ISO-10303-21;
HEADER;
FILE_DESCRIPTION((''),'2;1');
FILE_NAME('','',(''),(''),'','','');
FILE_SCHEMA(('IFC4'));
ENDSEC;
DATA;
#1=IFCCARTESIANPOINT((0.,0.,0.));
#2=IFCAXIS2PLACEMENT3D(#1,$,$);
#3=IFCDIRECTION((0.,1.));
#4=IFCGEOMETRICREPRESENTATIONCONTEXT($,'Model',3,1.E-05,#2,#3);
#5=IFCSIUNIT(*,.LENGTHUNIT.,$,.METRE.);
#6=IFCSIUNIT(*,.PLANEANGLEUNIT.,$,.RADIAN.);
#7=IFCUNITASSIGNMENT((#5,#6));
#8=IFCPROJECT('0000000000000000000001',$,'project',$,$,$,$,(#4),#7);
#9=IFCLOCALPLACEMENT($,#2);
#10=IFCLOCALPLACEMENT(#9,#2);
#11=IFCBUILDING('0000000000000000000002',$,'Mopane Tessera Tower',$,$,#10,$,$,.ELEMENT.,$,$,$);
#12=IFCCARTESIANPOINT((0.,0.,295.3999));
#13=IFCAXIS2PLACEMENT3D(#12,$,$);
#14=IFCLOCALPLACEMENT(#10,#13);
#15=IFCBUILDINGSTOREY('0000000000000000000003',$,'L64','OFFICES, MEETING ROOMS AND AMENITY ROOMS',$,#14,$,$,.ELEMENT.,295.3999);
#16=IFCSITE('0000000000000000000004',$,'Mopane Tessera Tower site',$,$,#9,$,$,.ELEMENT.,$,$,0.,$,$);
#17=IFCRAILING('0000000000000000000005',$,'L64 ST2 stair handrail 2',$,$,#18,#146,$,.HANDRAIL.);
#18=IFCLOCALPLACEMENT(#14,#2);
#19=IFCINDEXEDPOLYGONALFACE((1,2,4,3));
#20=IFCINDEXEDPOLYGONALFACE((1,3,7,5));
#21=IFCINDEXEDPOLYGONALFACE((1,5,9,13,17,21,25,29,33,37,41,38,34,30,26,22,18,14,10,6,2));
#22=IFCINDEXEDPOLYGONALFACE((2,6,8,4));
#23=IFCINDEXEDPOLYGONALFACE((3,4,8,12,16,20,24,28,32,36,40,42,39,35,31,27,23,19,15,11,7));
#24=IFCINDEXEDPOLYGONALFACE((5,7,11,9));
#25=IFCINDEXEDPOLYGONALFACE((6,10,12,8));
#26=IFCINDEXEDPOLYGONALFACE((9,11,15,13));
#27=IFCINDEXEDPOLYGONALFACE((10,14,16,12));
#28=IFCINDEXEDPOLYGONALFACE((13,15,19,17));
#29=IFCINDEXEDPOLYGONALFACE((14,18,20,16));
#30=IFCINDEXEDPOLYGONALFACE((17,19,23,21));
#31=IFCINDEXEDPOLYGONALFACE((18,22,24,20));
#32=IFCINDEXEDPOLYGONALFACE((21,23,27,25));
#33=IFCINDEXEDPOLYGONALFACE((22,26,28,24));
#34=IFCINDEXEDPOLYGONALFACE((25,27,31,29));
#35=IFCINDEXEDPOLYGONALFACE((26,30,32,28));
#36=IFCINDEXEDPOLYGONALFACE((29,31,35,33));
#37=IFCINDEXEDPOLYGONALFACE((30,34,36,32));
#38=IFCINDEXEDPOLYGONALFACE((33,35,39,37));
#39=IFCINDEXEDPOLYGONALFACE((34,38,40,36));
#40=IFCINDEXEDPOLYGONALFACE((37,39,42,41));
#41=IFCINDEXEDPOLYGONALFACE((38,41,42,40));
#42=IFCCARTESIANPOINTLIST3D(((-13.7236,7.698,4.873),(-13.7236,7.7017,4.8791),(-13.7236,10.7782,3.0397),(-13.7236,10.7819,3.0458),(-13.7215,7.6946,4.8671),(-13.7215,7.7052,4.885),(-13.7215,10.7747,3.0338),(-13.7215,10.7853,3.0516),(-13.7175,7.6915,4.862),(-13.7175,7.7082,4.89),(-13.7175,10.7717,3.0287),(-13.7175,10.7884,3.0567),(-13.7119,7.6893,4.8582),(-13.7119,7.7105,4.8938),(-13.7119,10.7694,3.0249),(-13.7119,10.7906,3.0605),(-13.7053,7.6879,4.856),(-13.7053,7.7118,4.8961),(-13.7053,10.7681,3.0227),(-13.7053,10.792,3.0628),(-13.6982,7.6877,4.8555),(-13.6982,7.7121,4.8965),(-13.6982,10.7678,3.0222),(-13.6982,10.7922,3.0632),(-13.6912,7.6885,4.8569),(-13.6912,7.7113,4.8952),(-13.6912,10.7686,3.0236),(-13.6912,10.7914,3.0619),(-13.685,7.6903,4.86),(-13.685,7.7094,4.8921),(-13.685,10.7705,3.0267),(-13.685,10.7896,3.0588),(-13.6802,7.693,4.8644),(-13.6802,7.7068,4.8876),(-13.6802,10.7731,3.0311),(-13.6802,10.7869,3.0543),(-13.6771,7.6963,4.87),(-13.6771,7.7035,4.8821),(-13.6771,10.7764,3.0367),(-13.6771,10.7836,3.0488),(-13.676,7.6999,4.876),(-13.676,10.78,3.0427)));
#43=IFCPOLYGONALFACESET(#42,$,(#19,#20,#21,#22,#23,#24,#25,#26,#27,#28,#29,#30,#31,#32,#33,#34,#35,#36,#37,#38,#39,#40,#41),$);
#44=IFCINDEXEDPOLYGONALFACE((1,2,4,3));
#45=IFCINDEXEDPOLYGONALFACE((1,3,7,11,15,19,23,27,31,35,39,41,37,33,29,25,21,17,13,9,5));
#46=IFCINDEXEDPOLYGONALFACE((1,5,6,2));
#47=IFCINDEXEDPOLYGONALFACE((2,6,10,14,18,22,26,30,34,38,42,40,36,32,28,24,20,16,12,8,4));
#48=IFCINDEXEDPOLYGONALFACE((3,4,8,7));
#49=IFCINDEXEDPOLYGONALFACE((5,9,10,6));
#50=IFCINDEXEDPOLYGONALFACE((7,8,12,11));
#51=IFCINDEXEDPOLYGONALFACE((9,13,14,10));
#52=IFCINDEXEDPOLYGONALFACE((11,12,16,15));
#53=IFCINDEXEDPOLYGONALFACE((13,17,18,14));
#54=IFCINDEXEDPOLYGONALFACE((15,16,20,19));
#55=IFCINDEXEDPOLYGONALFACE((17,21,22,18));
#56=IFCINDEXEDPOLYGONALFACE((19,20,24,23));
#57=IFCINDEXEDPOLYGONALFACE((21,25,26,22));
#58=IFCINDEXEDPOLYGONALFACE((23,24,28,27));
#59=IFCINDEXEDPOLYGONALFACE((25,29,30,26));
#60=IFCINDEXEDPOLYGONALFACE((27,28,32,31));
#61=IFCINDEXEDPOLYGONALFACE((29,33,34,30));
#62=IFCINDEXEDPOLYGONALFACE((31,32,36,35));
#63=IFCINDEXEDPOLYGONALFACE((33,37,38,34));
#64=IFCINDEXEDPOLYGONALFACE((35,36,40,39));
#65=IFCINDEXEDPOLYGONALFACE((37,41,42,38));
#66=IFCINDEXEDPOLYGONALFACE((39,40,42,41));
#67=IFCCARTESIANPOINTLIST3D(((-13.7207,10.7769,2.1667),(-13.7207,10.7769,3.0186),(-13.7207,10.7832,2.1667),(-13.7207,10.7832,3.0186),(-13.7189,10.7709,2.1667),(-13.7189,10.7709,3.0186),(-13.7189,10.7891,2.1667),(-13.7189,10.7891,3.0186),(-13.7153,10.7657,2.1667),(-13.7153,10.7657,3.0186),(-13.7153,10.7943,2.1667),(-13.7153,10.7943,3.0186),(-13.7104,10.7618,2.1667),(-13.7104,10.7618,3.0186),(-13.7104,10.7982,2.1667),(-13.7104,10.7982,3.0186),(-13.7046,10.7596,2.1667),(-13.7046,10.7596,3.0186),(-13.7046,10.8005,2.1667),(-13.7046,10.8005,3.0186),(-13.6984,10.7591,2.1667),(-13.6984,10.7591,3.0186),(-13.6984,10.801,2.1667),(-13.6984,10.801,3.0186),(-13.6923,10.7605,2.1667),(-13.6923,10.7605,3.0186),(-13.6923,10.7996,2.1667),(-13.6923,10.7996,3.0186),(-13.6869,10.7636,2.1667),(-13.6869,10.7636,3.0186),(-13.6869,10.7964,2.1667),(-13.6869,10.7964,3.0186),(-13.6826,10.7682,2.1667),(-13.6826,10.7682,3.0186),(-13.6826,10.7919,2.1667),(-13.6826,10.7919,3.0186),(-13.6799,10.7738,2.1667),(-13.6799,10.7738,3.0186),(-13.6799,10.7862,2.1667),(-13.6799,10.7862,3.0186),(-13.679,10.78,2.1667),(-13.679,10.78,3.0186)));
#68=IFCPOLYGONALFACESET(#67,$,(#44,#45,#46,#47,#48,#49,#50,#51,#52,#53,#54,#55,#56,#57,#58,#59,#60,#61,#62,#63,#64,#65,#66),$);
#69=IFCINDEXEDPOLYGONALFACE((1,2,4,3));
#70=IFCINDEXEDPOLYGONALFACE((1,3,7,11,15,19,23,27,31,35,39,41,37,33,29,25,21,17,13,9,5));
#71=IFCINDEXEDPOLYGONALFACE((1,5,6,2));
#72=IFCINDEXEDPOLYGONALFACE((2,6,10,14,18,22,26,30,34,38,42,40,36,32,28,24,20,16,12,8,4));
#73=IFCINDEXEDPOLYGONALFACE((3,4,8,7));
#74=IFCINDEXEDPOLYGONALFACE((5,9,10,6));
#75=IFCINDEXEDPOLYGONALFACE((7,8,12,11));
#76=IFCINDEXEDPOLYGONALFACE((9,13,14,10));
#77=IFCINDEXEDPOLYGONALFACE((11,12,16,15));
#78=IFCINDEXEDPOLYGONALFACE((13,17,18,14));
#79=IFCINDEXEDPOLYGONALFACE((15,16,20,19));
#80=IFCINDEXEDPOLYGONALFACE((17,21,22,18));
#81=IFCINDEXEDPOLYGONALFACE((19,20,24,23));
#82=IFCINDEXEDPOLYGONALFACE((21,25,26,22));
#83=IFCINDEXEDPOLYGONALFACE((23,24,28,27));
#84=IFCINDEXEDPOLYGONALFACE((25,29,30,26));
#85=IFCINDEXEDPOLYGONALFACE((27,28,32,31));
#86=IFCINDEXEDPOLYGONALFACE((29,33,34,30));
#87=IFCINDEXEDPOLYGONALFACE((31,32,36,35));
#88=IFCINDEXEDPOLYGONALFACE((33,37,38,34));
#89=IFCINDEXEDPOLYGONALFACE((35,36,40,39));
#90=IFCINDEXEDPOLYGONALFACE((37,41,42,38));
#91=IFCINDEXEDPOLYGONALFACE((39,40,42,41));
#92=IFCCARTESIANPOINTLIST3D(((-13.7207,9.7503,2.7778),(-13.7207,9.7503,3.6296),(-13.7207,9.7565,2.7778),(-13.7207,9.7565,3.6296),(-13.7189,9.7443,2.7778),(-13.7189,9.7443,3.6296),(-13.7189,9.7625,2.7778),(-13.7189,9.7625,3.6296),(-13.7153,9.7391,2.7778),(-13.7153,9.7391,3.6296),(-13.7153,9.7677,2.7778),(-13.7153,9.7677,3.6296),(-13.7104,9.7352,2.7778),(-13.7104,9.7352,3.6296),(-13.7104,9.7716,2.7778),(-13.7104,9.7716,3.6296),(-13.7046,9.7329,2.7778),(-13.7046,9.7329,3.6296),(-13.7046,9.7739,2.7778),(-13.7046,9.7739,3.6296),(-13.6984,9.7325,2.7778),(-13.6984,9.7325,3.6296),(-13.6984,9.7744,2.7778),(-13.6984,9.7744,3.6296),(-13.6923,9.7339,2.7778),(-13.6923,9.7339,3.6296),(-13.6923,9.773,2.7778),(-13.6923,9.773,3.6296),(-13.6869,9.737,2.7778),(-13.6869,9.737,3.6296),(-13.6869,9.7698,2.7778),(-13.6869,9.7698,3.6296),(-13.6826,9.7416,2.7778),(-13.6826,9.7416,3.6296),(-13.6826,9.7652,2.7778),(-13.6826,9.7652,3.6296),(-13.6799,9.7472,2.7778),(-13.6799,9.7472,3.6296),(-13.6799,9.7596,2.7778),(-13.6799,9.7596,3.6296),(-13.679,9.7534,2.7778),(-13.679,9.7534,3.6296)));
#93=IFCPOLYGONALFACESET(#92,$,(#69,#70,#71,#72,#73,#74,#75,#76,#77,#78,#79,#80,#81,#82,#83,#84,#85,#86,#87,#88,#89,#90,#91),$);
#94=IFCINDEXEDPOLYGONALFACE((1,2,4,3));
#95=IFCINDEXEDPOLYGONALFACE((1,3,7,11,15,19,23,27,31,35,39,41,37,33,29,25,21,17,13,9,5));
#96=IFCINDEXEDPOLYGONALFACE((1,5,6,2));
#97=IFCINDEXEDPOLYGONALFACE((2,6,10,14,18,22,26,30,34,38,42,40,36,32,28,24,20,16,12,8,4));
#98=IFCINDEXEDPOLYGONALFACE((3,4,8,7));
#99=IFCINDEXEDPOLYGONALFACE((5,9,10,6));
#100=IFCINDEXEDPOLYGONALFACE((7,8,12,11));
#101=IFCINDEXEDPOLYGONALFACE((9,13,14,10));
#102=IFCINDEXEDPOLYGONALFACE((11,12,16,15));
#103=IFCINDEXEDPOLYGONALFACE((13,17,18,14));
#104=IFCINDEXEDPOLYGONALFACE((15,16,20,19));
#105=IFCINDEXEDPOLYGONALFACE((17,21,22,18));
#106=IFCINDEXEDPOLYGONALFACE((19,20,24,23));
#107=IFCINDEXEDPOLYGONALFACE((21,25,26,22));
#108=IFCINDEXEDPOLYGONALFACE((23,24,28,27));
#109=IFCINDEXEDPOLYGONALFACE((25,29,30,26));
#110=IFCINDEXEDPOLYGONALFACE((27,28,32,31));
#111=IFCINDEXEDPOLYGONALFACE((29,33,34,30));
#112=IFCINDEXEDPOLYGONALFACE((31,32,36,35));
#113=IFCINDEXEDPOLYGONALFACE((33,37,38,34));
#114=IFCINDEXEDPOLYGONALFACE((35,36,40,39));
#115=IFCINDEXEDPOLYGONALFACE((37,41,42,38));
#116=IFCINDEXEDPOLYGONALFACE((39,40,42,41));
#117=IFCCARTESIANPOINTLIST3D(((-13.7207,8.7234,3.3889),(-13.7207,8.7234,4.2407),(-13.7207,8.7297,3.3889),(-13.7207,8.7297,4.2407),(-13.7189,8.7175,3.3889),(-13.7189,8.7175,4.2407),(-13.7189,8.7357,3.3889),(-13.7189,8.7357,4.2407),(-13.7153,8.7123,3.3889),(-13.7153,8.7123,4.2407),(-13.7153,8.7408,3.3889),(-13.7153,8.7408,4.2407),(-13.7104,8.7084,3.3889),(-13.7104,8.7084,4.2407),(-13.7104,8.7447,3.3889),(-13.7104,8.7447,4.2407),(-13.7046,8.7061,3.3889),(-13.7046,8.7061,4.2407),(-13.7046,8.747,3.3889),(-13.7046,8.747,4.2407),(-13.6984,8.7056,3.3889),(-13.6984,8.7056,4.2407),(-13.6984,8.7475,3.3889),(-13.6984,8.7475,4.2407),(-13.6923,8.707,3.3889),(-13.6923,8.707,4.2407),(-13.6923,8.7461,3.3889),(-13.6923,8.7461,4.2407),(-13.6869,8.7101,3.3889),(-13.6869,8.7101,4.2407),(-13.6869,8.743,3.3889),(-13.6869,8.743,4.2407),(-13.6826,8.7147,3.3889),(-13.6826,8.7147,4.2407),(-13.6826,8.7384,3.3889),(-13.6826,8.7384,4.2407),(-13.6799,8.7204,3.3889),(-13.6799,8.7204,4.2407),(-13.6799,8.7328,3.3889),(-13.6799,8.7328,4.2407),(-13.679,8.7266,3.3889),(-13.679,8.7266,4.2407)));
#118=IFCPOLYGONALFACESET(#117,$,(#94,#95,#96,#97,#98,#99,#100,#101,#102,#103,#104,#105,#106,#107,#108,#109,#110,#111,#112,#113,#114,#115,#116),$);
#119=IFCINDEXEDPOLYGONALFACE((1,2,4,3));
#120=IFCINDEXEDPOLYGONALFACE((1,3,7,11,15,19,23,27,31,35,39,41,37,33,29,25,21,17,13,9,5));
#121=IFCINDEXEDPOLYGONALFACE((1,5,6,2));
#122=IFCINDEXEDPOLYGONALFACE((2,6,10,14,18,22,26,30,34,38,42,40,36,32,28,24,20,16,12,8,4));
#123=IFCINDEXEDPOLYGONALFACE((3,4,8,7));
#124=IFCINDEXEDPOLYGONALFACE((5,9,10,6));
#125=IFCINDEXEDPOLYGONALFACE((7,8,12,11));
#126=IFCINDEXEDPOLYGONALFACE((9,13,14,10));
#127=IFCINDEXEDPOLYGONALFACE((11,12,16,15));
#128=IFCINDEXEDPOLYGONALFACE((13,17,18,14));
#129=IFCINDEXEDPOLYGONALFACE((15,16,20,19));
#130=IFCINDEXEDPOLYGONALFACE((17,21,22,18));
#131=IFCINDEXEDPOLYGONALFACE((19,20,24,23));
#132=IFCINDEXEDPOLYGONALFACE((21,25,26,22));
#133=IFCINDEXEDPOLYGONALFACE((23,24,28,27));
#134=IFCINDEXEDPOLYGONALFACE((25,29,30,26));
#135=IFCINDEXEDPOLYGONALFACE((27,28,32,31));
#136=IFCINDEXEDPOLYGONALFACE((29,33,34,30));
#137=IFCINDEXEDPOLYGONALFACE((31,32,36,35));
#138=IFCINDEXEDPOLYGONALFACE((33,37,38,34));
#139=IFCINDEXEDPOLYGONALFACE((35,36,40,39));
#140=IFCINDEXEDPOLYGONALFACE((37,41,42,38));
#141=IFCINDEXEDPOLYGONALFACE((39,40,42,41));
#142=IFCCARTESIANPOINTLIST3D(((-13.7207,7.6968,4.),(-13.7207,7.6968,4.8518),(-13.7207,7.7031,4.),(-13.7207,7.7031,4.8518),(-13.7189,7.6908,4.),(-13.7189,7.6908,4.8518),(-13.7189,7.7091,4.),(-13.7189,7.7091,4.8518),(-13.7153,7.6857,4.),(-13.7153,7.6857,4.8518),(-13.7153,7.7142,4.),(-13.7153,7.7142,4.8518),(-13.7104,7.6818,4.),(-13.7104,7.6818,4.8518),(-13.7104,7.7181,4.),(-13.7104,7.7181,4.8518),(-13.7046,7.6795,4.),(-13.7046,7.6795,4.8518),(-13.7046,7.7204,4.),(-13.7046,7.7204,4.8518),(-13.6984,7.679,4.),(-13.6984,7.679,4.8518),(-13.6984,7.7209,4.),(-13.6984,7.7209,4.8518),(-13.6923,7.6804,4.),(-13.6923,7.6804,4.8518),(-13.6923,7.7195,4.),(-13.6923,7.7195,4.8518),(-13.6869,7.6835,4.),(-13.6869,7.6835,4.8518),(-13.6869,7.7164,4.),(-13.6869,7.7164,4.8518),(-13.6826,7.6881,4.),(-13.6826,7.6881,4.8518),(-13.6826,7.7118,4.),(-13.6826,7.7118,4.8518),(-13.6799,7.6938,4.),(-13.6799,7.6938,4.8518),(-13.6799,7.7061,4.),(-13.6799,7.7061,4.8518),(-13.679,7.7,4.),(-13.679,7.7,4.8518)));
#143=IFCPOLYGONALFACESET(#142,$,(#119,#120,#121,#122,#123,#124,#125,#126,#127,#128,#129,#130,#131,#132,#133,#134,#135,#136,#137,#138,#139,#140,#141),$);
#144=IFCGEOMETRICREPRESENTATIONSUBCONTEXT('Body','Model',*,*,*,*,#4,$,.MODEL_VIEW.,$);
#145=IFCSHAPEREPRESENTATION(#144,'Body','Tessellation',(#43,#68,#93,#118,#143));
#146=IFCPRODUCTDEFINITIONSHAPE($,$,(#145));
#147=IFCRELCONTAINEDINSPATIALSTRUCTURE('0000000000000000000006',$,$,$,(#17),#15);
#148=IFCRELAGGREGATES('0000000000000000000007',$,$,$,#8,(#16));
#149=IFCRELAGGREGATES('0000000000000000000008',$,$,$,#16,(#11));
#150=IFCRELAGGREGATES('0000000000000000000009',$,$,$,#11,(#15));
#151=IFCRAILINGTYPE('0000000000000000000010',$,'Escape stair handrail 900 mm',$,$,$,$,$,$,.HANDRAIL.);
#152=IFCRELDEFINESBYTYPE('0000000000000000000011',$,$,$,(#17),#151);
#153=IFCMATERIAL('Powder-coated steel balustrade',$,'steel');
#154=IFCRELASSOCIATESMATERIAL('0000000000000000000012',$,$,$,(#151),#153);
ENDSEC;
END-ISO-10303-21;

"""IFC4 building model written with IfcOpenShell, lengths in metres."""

from ifc_helpers import new_model, si_unit, direction, frame, origin, origin_2d, place, context, subcontext, project, spatial, circle, extrude, material, type_object, element, save


model = new_model("IFC4")

# Units and contexts
model_context = context("Model", 3, precision=1e-05, world=origin(), true_north=direction((0.0, 1.0)))
body_context = subcontext(model_context, "Body", "Model", "MODEL_VIEW")
ifc_project = project(units=[si_unit("LENGTHUNIT", "METRE"), si_unit("PLANEANGLEUNIT", "RADIAN")], contexts=[model_context])

# Site, building, storey
site_placement = place(None, origin())
site = spatial("IfcSite", under=ifc_project, at=site_placement, Name="Mopane Tessera Tower site", CompositionType="ELEMENT", RefElevation=0.0)
building_placement = place(site_placement, origin())
building = spatial("IfcBuilding", under=site, at=building_placement, Name="Mopane Tessera Tower", CompositionType="ELEMENT")
storey_placement = place(building_placement, frame((0.0, 0.0, 295.3999)))
storey = spatial("IfcBuildingStorey", under=building, at=storey_placement, Name="L64", Description="OFFICES, MEETING ROOMS AND AMENITY ROOMS", CompositionType="ELEMENT", Elevation=295.3999)

# Railing
ifc_material_1 = material(Name="Powder-coated steel balustrade", Category="steel")
railing_type_1 = type_object("IfcRailingType", Name="Escape stair handrail 900 mm", PredefinedType="HANDRAIL", material=ifc_material_1)
railing_1_placement = place(storey_placement, frame((-13.7, 10.78, 2.1667)))
element("IfcRailing", 1, at=railing_1_placement, inside=storey, type_object=railing_type_1, Name="L64 ST2 stair handrail 2", PredefinedType="HANDRAIL", context=body_context, shape_type="SweptSolid", body=[
    extrude(circle(Radius=0.0239, at=origin_2d()), frame((0.0, 0.0, 0.876), z_axis=(0.0, -0.859309, 0.511458), x_axis=(1.0, 0.0, 0.0)), (0.0, 0.0, 1.0), 3.5845),
    extrude(circle(Radius=0.021, at=origin_2d()), origin(), (0.0, 0.0, 1.0), 0.8518),
    extrude(circle(Radius=0.021, at=origin_2d()), frame((0.0, -1.0266, 0.6111)), (0.0, 0.0, 1.0), 0.8518),
    extrude(circle(Radius=0.021, at=origin_2d()), frame((0.0, -2.0535, 1.2222)), (0.0, 0.0, 1.0), 0.8518),
    extrude(circle(Radius=0.021, at=origin_2d()), frame((0.0, -3.0801, 1.8333)), (0.0, 0.0, 1.0), 0.8518),
])

save(model, "model.ifc")
